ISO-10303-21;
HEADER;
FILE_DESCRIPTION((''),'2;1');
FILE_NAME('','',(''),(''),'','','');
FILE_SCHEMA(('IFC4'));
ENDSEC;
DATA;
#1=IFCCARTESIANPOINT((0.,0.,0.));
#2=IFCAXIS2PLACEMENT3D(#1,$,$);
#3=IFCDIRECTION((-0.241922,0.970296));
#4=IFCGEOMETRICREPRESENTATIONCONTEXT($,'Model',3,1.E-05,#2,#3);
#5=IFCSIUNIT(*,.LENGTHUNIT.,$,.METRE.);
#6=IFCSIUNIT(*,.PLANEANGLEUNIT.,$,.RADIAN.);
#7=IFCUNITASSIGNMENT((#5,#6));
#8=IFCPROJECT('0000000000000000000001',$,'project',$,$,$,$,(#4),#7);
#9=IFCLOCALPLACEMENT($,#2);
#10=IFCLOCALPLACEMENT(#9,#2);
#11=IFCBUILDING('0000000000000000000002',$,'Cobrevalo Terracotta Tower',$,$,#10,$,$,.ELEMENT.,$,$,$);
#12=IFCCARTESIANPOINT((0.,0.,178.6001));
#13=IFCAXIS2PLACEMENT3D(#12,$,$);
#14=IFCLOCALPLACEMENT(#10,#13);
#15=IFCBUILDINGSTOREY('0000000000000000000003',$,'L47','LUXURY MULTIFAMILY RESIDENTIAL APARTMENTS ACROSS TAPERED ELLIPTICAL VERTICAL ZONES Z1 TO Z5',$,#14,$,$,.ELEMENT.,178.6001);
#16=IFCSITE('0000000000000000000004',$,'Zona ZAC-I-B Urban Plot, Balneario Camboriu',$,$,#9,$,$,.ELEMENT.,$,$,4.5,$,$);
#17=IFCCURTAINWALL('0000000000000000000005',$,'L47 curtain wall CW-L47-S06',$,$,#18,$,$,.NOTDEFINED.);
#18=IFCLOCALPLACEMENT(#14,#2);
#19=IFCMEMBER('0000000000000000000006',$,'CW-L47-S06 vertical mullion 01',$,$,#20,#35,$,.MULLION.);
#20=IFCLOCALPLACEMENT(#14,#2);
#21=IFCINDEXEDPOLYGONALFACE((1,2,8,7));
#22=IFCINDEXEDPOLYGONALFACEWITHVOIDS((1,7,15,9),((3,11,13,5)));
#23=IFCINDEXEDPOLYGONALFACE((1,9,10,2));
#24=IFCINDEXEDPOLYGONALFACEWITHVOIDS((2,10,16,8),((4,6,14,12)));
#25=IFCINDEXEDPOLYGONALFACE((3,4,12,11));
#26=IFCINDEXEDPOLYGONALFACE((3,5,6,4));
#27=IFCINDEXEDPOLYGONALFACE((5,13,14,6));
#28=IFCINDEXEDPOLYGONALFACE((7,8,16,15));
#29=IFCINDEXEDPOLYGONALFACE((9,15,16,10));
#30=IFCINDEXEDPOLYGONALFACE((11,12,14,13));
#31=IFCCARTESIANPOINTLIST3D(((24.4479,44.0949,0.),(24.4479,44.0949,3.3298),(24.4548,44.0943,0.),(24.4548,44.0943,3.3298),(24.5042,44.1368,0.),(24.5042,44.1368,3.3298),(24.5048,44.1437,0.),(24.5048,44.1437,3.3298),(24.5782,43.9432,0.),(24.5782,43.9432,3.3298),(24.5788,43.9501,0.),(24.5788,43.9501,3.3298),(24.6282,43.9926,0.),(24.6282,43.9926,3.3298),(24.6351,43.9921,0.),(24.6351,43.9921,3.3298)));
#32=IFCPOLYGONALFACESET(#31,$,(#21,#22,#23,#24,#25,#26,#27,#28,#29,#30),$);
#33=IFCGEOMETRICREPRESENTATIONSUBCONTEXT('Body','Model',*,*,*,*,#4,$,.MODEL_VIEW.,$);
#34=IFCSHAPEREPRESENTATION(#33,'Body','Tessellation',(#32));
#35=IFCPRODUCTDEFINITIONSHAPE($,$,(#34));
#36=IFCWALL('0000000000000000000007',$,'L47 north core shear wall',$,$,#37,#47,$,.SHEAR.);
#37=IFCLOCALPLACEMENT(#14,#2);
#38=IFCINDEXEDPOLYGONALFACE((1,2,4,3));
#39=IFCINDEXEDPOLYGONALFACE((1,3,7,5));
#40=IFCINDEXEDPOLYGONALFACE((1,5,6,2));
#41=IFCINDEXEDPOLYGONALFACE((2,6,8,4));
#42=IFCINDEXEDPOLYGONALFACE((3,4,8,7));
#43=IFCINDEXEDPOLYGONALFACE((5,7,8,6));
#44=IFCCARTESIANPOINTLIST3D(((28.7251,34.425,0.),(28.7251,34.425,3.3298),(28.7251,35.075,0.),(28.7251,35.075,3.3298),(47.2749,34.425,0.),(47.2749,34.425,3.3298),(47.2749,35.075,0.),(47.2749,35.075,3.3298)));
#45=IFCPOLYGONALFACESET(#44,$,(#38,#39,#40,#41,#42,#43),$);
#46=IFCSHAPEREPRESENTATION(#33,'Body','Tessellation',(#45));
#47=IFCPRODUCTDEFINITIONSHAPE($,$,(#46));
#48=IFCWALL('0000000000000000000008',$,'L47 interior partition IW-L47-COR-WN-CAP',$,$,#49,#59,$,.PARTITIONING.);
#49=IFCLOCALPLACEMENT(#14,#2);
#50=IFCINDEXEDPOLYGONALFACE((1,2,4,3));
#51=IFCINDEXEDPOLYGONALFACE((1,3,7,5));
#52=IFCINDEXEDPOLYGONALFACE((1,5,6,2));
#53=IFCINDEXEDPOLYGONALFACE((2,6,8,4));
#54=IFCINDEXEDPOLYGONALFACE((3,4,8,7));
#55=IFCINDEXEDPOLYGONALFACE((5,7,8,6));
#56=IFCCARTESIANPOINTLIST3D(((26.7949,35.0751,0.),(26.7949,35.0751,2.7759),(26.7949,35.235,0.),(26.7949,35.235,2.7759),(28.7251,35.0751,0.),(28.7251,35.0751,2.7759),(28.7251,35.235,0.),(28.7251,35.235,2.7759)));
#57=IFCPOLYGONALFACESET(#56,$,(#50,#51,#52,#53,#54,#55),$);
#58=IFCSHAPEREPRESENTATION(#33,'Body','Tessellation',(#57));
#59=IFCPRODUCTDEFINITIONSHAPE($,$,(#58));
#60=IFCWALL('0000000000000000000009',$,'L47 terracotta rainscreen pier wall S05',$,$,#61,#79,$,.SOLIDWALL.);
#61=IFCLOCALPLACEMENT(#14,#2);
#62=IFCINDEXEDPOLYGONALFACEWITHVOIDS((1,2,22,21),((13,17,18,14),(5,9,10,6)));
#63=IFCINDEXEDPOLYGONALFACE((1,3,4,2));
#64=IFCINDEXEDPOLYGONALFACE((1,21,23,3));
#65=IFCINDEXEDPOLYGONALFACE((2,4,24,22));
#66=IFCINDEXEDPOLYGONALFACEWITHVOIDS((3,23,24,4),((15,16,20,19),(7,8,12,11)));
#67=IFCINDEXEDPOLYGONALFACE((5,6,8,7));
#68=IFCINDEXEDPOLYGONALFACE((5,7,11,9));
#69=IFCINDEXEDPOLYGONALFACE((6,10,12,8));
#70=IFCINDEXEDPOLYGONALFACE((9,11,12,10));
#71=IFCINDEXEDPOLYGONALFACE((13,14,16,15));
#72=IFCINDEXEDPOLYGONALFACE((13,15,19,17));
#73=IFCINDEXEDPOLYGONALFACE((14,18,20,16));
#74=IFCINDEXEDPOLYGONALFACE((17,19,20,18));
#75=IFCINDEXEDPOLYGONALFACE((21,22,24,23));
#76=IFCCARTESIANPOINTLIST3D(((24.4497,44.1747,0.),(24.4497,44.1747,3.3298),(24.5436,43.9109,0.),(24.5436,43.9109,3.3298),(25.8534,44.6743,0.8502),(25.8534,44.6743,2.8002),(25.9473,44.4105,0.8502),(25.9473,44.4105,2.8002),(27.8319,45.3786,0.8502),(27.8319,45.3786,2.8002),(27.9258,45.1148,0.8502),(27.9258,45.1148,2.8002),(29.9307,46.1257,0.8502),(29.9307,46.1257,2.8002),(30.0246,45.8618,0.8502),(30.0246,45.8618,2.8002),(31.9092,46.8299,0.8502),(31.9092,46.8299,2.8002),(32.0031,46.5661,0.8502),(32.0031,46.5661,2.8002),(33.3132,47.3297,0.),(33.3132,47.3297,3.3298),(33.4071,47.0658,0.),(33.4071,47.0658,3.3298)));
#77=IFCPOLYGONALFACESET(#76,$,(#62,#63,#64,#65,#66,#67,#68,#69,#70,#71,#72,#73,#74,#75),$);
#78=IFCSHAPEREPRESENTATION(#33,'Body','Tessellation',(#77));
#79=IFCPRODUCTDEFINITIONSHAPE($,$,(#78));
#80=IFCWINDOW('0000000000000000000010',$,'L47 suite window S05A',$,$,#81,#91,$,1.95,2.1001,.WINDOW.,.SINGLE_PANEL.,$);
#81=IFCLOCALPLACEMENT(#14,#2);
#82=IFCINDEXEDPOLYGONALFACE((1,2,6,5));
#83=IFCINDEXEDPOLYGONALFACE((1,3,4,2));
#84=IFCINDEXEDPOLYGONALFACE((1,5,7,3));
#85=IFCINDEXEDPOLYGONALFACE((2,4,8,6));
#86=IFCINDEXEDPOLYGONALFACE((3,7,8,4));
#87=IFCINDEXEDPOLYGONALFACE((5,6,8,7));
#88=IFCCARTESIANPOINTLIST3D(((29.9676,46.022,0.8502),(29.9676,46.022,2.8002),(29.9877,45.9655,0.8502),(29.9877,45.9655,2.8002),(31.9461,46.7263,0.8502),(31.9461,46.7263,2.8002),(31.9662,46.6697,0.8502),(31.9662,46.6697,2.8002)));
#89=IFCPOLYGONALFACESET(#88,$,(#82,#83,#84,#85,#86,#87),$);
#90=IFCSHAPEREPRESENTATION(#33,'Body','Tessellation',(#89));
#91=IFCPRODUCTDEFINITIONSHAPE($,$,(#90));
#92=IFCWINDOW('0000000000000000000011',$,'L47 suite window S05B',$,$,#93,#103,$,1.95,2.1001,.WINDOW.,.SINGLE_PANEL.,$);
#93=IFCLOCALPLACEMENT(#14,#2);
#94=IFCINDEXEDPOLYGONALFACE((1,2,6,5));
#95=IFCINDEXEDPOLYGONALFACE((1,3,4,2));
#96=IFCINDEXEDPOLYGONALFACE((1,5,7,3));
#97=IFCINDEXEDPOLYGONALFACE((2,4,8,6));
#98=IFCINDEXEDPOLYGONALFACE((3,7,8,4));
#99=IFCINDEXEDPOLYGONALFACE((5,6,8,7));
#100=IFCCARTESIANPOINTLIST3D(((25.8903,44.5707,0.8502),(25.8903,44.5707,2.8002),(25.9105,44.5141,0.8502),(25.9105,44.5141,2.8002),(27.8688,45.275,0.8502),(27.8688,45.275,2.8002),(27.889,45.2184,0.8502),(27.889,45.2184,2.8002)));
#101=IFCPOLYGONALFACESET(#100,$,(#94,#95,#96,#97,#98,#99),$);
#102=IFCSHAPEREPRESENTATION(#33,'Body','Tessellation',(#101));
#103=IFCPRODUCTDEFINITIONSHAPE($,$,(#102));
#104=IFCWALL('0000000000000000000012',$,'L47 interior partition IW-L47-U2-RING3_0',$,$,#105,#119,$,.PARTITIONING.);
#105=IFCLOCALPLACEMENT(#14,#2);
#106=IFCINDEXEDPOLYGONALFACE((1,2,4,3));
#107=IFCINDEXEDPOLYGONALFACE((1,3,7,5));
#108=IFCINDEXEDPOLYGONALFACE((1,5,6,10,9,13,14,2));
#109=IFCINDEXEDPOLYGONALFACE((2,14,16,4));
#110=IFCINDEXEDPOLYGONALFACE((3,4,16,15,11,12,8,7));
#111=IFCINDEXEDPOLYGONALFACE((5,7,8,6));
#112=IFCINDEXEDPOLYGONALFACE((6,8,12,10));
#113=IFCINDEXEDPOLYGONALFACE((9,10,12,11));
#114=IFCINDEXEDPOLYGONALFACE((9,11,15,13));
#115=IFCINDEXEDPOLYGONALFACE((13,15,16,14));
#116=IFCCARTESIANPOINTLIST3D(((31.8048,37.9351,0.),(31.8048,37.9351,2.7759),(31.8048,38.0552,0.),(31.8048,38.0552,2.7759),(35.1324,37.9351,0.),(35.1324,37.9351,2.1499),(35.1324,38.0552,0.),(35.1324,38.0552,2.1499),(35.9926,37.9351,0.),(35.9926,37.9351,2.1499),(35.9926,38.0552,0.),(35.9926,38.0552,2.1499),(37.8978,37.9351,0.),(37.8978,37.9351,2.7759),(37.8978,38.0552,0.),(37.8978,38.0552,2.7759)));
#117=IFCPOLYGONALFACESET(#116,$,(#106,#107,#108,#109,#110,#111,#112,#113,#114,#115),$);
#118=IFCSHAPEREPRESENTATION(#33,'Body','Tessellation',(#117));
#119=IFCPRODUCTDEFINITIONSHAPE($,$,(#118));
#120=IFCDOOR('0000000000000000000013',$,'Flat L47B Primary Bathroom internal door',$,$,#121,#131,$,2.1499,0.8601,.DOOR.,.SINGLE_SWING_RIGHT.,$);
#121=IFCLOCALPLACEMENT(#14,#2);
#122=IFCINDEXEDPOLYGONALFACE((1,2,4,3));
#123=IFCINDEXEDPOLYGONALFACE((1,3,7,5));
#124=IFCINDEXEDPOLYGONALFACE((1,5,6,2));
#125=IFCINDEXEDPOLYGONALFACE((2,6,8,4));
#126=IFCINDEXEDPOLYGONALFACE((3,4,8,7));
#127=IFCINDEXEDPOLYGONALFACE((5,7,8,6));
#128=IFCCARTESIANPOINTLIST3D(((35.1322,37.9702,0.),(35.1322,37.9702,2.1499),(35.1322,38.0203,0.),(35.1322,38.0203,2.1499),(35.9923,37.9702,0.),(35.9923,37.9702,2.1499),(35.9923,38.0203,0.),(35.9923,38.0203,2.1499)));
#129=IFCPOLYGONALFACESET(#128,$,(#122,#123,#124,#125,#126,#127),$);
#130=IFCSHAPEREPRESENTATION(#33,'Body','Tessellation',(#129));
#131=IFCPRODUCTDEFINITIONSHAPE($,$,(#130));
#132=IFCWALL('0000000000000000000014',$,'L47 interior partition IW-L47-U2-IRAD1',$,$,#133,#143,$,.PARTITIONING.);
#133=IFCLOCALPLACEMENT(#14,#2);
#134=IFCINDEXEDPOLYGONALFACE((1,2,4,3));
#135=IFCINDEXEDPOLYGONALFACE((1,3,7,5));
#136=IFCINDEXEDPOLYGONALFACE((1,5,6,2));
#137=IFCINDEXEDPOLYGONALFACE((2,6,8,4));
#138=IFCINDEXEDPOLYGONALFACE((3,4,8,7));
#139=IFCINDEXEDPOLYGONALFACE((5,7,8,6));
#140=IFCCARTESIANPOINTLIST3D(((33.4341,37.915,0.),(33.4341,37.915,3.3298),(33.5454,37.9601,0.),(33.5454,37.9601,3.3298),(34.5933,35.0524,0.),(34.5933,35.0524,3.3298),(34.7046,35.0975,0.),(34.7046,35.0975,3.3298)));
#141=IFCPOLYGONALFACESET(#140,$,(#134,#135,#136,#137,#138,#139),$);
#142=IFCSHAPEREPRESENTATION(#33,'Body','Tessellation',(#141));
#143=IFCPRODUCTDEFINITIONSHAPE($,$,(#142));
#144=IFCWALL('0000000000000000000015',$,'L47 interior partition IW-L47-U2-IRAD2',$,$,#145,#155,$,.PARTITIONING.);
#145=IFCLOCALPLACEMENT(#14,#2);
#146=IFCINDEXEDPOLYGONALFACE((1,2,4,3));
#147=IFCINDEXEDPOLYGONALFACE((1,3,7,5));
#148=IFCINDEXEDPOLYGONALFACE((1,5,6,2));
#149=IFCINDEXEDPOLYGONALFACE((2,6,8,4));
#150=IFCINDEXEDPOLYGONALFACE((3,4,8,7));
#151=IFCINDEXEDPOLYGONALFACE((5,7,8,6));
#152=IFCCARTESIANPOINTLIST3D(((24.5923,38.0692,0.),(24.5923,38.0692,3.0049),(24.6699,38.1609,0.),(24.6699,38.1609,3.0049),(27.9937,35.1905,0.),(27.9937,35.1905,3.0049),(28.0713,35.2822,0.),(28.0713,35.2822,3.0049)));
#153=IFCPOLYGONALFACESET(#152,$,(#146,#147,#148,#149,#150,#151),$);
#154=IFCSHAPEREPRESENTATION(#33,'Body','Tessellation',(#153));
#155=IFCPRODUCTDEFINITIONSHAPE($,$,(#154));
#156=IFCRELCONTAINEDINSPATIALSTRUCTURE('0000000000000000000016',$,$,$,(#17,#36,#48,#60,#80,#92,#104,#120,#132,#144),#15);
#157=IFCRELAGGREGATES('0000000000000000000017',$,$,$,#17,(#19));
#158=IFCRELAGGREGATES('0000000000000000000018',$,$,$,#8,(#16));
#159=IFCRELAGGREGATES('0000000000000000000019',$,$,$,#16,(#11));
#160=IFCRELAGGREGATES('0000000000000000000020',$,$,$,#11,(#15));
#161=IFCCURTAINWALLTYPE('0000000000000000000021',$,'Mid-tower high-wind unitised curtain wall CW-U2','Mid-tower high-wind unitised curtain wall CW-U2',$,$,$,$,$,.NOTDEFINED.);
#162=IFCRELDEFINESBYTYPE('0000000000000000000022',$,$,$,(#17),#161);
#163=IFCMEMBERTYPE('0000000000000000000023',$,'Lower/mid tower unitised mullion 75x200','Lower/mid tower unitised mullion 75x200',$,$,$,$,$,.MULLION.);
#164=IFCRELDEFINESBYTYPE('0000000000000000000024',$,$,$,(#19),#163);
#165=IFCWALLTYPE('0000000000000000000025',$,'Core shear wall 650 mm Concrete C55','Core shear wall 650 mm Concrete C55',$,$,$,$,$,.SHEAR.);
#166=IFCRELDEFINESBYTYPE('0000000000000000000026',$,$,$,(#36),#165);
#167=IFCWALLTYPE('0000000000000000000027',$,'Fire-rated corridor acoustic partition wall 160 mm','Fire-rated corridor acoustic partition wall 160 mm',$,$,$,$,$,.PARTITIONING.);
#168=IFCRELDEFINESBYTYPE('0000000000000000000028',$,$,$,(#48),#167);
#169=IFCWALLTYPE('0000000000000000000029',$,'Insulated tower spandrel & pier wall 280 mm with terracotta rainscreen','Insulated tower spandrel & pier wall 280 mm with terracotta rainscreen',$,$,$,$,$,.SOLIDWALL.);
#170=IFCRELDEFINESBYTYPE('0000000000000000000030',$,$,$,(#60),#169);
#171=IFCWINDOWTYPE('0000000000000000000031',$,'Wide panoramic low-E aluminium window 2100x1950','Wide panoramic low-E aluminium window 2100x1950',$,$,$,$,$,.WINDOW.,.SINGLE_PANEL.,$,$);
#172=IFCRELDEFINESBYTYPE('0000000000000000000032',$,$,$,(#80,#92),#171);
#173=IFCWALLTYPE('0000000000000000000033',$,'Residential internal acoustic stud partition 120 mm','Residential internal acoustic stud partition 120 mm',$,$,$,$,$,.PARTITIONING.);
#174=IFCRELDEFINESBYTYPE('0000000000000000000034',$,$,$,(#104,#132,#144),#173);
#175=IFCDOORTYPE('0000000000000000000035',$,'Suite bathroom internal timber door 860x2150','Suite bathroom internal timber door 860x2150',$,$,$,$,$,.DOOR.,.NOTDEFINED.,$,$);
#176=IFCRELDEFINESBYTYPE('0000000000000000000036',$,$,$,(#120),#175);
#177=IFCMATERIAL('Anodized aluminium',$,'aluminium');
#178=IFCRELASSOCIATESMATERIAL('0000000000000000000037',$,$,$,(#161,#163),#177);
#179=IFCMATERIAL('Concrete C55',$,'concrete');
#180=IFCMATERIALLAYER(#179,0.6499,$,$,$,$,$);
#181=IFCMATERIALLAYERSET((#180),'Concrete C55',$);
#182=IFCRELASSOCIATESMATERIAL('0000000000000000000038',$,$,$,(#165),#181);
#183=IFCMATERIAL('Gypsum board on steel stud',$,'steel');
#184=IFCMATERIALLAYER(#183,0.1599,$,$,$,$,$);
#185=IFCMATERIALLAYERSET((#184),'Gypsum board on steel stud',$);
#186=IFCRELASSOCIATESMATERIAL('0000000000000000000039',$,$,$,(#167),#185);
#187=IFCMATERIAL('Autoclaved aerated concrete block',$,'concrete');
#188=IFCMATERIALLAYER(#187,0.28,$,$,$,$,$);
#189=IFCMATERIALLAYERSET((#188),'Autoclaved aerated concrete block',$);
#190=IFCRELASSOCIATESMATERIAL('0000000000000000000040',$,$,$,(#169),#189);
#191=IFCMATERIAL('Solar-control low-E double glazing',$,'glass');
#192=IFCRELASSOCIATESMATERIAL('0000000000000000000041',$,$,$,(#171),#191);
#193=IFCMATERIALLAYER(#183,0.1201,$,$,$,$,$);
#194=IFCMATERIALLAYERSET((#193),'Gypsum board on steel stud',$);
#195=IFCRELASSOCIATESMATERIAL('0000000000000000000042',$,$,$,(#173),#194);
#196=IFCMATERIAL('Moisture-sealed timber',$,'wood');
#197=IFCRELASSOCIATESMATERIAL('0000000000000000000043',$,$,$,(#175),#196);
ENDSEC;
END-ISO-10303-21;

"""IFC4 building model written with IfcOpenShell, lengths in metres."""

from ifc_helpers import new_model, si_unit, direction, frame, frame_2d, origin, origin_2d, place, context, subcontext, project, spatial, rectangle, hollow_rectangle, extrude, source, transform, mapped, material, layer, layer_set, material_profile, profile_set, type_object, element, fill, aggregate, save


model = new_model("IFC4")

# Units and contexts
model_context = context("Model", 3, precision=1e-05, world=origin(), true_north=direction((-0.241922, 0.970296)))
body_context = subcontext(model_context, "Body", "Model", "MODEL_VIEW")
ifc_project = project(units=[si_unit("LENGTHUNIT", "METRE"), si_unit("PLANEANGLEUNIT", "RADIAN")], contexts=[model_context])

# Site, building, storey
site_placement = place(None, origin())
site = spatial("IfcSite", under=ifc_project, at=site_placement, Name="Zona ZAC-I-B Urban Plot, Balneario Camboriu", CompositionType="ELEMENT", RefElevation=4.5)
building_placement = place(site_placement, origin())
building = spatial("IfcBuilding", under=site, at=building_placement, Name="Cobrevalo Terracotta Tower", CompositionType="ELEMENT")
storey_placement = place(building_placement, frame((0.0, 0.0, 178.6001)))
storey = spatial("IfcBuildingStorey", under=building, at=storey_placement, Name="L47", Description="LUXURY MULTIFAMILY RESIDENTIAL APARTMENTS ACROSS TAPERED ELLIPTICAL VERTICAL ZONES Z1 TO Z5", CompositionType="ELEMENT", Elevation=178.6001)

# Shared definitions
ifc_material_1 = material(Name="Concrete C55", Category="concrete")

# Curtain wall, member
ifc_material_2 = material(Name="Anodized aluminium", Category="aluminium")
curtain_wall_type = type_object("IfcCurtainWallType", Name="Mid-tower high-wind unitised curtain wall CW-U2", Description="Mid-tower high-wind unitised curtain wall CW-U2", PredefinedType="NOTDEFINED", material=ifc_material_2)
ifc_material_profile_1 = material_profile(ifc_material_2, hollow_rectangle(XDim=0.075, YDim=0.2, WallThickness=0.0049, at=origin_2d()), Name="CWM 75x200")
ifc_profile_set_1 = profile_set([ifc_material_profile_1], Name="Anodized aluminium")
member_type = type_object("IfcMemberType", Name="Lower/mid tower unitised mullion 75x200", Description="Lower/mid tower unitised mullion 75x200", PredefinedType="MULLION", material=ifc_profile_set_1)
shared_shape_1 = source(origin(), body_context, "Body", "SweptSolid", [
    extrude(hollow_rectangle(XDim=0.075, YDim=0.2, WallThickness=0.0049, at=origin_2d()), origin(), (0.0, 0.0, 1.0), 3.3298),
])
curtain_wall_1_placement = place(storey_placement, origin())
curtain_wall_1 = element("IfcCurtainWall", 1, at=curtain_wall_1_placement, inside=storey, type_object=curtain_wall_type, Name="L47 curtain wall CW-L47-S06", PredefinedType="NOTDEFINED")
member_1_placement = place(storey_placement, frame((24.5415, 44.0435, 0.0), z_axis=(0.0, 0.0, 1.0), x_axis=(-0.758442, -0.651741, 0.0)))
member_1 = element("IfcMember", 2, at=member_1_placement, type_object=member_type, Name="CW-L47-S06 vertical mullion 01", PredefinedType="MULLION", context=body_context, shape_type="MappedRepresentation", body=[
    mapped(shared_shape_1, transform((0.0, 0.0, 0.0), scale=1.0)),
])
aggregate(curtain_wall_1, [member_1])

# Walls
ifc_layer_1 = layer(ifc_material_1, 0.6499)
ifc_layer_set_1 = layer_set([ifc_layer_1], Name="Concrete C55")
wall_type_1 = type_object("IfcWallType", Name="Core shear wall 650 mm Concrete C55", Description="Core shear wall 650 mm Concrete C55", PredefinedType="SHEAR", material=ifc_layer_set_1)
wall_1_placement = place(storey_placement, frame((28.7251, 34.75, 0.0), z_axis=(0.0, 0.0, 1.0), x_axis=(1.0, 0.0, 0.0)))
element("IfcWall", 3, at=wall_1_placement, inside=storey, type_object=wall_type_1, Name="L47 north core shear wall", PredefinedType="SHEAR", context=body_context, shape_type="SweptSolid", body=[
    extrude(rectangle(XDim=18.5498, YDim=0.6499, at=frame_2d((9.2749, 0.0))), origin(), (0.0, 0.0, 1.0), 3.3298),
])
ifc_material_3 = material(Name="Gypsum board on steel stud", Category="steel")
ifc_layer_2 = layer(ifc_material_3, 0.1599)
ifc_layer_set_2 = layer_set([ifc_layer_2], Name="Gypsum board on steel stud")
wall_type_2 = type_object("IfcWallType", Name="Fire-rated corridor acoustic partition wall 160 mm", Description="Fire-rated corridor acoustic partition wall 160 mm", PredefinedType="PARTITIONING", material=ifc_layer_set_2)
wall_2_placement = place(storey_placement, frame((26.7949, 35.155, 0.0), z_axis=(0.0, 0.0, 1.0), x_axis=(1.0, 0.0, 0.0)))
element("IfcWall", 4, at=wall_2_placement, inside=storey, type_object=wall_type_2, Name="L47 interior partition IW-L47-COR-WN-CAP", PredefinedType="PARTITIONING", context=body_context, shape_type="SweptSolid", body=[
    extrude(rectangle(XDim=1.9302, YDim=0.1599, at=frame_2d((0.9651, 0.0))), origin(), (0.0, 0.0, 1.0), 2.7759),
])

# Wall, openings, windows
ifc_material_4 = material(Name="Autoclaved aerated concrete block", Category="concrete")
ifc_layer_3 = layer(ifc_material_4, 0.28)
ifc_layer_set_3 = layer_set([ifc_layer_3], Name="Autoclaved aerated concrete block")
wall_type_3 = type_object("IfcWallType", Name="Insulated tower spandrel & pier wall 280 mm with terracotta rainscreen", Description="Insulated tower spandrel & pier wall 280 mm with terracotta rainscreen", PredefinedType="SOLIDWALL", material=ifc_layer_set_3)
wall_3_placement = place(storey_placement, frame((33.3601, 47.1978, 0.0), z_axis=(0.0, 0.0, 1.0), x_axis=(-0.942095, -0.335345, 0.0)))
wall_3 = element("IfcWall", 5, at=wall_3_placement, inside=storey, type_object=wall_type_3, Name="L47 terracotta rainscreen pier wall S05", PredefinedType="SOLIDWALL", context=body_context, shape_type="SweptSolid", body=[
    extrude(rectangle(XDim=9.4082, YDim=0.28, at=frame_2d((4.7041, 0.0))), origin(), (0.0, 0.0, 1.0), 3.3298),
])
opening_1_placement = place(wall_3_placement, frame((1.4902, 0.0, 0.8501)))
opening_1 = element("IfcOpeningElement", 6, at=opening_1_placement, cuts=wall_3, PredefinedType="OPENING", context=body_context, shape_type="SweptSolid", body=[
    extrude(rectangle(XDim=2.1001, YDim=1.95, at=frame_2d((1.05, 0.9751))), frame((0.0, 0.1499, 0.0), z_axis=(0.0, -1.0, 0.0), x_axis=(1.0, 0.0, 0.0)), (0.0, 0.0, 1.0), 0.3),
])
opening_2_placement = place(wall_3_placement, frame((5.8181, 0.0, 0.8501)))
opening_2 = element("IfcOpeningElement", 7, at=opening_2_placement, cuts=wall_3, PredefinedType="OPENING", context=body_context, shape_type="SweptSolid", body=[
    extrude(rectangle(XDim=2.1001, YDim=1.95, at=frame_2d((1.05, 0.9751))), frame((0.0, 0.1499, 0.0), z_axis=(0.0, -1.0, 0.0), x_axis=(1.0, 0.0, 0.0)), (0.0, 0.0, 1.0), 0.3),
])
ifc_material_5 = material(Name="Solar-control low-E double glazing", Category="glass")
window_type = type_object("IfcWindowType", Name="Wide panoramic low-E aluminium window 2100x1950", Description="Wide panoramic low-E aluminium window 2100x1950", PartitioningType="SINGLE_PANEL", PredefinedType="WINDOW", material=ifc_material_5)
shared_shape_2 = source(origin(), body_context, "Body", "SweptSolid", [
    extrude(rectangle(XDim=2.1001, YDim=1.95, at=frame_2d((1.05, 0.9751))), frame((0.0, 0.03, 0.0), z_axis=(0.0, -1.0, 0.0), x_axis=(1.0, 0.0, 0.0)), (0.0, 0.0, 1.0), 0.0601),
])
window_1_placement = place(opening_1_placement, origin())
window_1 = element("IfcWindow", 8, at=window_1_placement, inside=storey, type_object=window_type, Name="L47 suite window S05A", OverallHeight=1.95, OverallWidth=2.1001, PartitioningType="SINGLE_PANEL", PredefinedType="WINDOW", context=body_context, shape_type="MappedRepresentation", body=[
    mapped(shared_shape_2, transform((0.0, 0.0, 0.0), scale=1.0)),
])
fill(opening_1, window_1)
window_2_placement = place(opening_2_placement, origin())
window_2 = element("IfcWindow", 9, at=window_2_placement, inside=storey, type_object=window_type, Name="L47 suite window S05B", OverallHeight=1.95, OverallWidth=2.1001, PartitioningType="SINGLE_PANEL", PredefinedType="WINDOW", context=body_context, shape_type="MappedRepresentation", body=[
    mapped(shared_shape_2, transform((0.0, 0.0, 0.0), scale=1.0)),
])
fill(opening_2, window_2)

# Wall, opening, door
ifc_layer_4 = layer(ifc_material_3, 0.1201)
ifc_layer_set_4 = layer_set([ifc_layer_4], Name="Gypsum board on steel stud")
wall_type_4 = type_object("IfcWallType", Name="Residential internal acoustic stud partition 120 mm", Description="Residential internal acoustic stud partition 120 mm", PredefinedType="PARTITIONING", material=ifc_layer_set_4)
wall_4_placement = place(storey_placement, frame((31.8049, 37.9951, 0.0), z_axis=(0.0, 0.0, 1.0), x_axis=(1.0, 0.0, 0.0)))
wall_4 = element("IfcWall", 10, at=wall_4_placement, inside=storey, type_object=wall_type_4, Name="L47 interior partition IW-L47-U2-RING3_0", PredefinedType="PARTITIONING", context=body_context, shape_type="SweptSolid", body=[
    extrude(rectangle(XDim=6.093, YDim=0.1201, at=frame_2d((3.0464, 0.0))), origin(), (0.0, 0.0, 1.0), 2.7759),
])
opening_3_placement = place(wall_4_placement, frame((3.3274, 0.0, 0.0)))
opening_3 = element("IfcOpeningElement", 11, at=opening_3_placement, cuts=wall_4, PredefinedType="OPENING", context=body_context, shape_type="SweptSolid", body=[
    extrude(rectangle(XDim=0.8601, YDim=2.1499, at=frame_2d((0.4302, 1.075))), frame((0.0, 0.0701, 0.0), z_axis=(0.0, -1.0, 0.0), x_axis=(1.0, 0.0, 0.0)), (0.0, 0.0, 1.0), 0.1401),
])
ifc_material_6 = material(Name="Moisture-sealed timber", Category="wood")
door_type = type_object("IfcDoorType", Name="Suite bathroom internal timber door 860x2150", Description="Suite bathroom internal timber door 860x2150", OperationType="NOTDEFINED", PredefinedType="DOOR", material=ifc_material_6)
shared_shape_3 = source(origin(), body_context, "Body", "SweptSolid", [
    extrude(rectangle(XDim=0.8601, YDim=2.1499, at=frame_2d((0.4302, 1.075))), frame((0.0, 0.0249, 0.0), z_axis=(0.0, -1.0, 0.0), x_axis=(1.0, 0.0, 0.0)), (0.0, 0.0, 1.0), 0.05),
])
door_placement = place(opening_3_placement, frame((0.8601, 0.0, 0.0), z_axis=(0.0, 0.0, 1.0), x_axis=(-1.0, 0.0, 0.0)))
door = element("IfcDoor", 12, at=door_placement, inside=storey, type_object=door_type, Name="Flat L47B Primary Bathroom internal door", OperationType="SINGLE_SWING_RIGHT", OverallHeight=2.1499, OverallWidth=0.8601, PredefinedType="DOOR", context=body_context, shape_type="MappedRepresentation", body=[
    mapped(shared_shape_3, transform((0.0, 0.0, 0.0), scale=1.0)),
])
fill(opening_3, door)

# Walls
wall_5_placement = place(storey_placement, frame((34.6489, 35.075, 0.0), z_axis=(0.0, 0.0, 1.0), x_axis=(-0.37534, 0.926887, 0.0)))
element("IfcWall", 13, at=wall_5_placement, inside=storey, type_object=wall_type_4, Name="L47 interior partition IW-L47-U2-IRAD1", PredefinedType="PARTITIONING", context=body_context, shape_type="SweptSolid", body=[
    extrude(rectangle(XDim=3.0884, YDim=0.1201, at=frame_2d((1.5442, 0.0))), origin(), (0.0, 0.0, 1.0), 3.3298),
])
wall_6_placement = place(storey_placement, frame((28.0325, 35.2363, 0.0), z_axis=(0.0, 0.0, 1.0), x_axis=(-0.763322, 0.646018, 0.0)))
element("IfcWall", 14, at=wall_6_placement, inside=storey, type_object=wall_type_4, Name="L47 interior partition IW-L47-U2-IRAD2", PredefinedType="PARTITIONING", context=body_context, shape_type="SweptSolid", body=[
    extrude(rectangle(XDim=4.4561, YDim=0.1201, at=frame_2d((2.228, 0.0))), origin(), (0.0, 0.0, 1.0), 3.0049),
])

save(model, "model.ifc")
